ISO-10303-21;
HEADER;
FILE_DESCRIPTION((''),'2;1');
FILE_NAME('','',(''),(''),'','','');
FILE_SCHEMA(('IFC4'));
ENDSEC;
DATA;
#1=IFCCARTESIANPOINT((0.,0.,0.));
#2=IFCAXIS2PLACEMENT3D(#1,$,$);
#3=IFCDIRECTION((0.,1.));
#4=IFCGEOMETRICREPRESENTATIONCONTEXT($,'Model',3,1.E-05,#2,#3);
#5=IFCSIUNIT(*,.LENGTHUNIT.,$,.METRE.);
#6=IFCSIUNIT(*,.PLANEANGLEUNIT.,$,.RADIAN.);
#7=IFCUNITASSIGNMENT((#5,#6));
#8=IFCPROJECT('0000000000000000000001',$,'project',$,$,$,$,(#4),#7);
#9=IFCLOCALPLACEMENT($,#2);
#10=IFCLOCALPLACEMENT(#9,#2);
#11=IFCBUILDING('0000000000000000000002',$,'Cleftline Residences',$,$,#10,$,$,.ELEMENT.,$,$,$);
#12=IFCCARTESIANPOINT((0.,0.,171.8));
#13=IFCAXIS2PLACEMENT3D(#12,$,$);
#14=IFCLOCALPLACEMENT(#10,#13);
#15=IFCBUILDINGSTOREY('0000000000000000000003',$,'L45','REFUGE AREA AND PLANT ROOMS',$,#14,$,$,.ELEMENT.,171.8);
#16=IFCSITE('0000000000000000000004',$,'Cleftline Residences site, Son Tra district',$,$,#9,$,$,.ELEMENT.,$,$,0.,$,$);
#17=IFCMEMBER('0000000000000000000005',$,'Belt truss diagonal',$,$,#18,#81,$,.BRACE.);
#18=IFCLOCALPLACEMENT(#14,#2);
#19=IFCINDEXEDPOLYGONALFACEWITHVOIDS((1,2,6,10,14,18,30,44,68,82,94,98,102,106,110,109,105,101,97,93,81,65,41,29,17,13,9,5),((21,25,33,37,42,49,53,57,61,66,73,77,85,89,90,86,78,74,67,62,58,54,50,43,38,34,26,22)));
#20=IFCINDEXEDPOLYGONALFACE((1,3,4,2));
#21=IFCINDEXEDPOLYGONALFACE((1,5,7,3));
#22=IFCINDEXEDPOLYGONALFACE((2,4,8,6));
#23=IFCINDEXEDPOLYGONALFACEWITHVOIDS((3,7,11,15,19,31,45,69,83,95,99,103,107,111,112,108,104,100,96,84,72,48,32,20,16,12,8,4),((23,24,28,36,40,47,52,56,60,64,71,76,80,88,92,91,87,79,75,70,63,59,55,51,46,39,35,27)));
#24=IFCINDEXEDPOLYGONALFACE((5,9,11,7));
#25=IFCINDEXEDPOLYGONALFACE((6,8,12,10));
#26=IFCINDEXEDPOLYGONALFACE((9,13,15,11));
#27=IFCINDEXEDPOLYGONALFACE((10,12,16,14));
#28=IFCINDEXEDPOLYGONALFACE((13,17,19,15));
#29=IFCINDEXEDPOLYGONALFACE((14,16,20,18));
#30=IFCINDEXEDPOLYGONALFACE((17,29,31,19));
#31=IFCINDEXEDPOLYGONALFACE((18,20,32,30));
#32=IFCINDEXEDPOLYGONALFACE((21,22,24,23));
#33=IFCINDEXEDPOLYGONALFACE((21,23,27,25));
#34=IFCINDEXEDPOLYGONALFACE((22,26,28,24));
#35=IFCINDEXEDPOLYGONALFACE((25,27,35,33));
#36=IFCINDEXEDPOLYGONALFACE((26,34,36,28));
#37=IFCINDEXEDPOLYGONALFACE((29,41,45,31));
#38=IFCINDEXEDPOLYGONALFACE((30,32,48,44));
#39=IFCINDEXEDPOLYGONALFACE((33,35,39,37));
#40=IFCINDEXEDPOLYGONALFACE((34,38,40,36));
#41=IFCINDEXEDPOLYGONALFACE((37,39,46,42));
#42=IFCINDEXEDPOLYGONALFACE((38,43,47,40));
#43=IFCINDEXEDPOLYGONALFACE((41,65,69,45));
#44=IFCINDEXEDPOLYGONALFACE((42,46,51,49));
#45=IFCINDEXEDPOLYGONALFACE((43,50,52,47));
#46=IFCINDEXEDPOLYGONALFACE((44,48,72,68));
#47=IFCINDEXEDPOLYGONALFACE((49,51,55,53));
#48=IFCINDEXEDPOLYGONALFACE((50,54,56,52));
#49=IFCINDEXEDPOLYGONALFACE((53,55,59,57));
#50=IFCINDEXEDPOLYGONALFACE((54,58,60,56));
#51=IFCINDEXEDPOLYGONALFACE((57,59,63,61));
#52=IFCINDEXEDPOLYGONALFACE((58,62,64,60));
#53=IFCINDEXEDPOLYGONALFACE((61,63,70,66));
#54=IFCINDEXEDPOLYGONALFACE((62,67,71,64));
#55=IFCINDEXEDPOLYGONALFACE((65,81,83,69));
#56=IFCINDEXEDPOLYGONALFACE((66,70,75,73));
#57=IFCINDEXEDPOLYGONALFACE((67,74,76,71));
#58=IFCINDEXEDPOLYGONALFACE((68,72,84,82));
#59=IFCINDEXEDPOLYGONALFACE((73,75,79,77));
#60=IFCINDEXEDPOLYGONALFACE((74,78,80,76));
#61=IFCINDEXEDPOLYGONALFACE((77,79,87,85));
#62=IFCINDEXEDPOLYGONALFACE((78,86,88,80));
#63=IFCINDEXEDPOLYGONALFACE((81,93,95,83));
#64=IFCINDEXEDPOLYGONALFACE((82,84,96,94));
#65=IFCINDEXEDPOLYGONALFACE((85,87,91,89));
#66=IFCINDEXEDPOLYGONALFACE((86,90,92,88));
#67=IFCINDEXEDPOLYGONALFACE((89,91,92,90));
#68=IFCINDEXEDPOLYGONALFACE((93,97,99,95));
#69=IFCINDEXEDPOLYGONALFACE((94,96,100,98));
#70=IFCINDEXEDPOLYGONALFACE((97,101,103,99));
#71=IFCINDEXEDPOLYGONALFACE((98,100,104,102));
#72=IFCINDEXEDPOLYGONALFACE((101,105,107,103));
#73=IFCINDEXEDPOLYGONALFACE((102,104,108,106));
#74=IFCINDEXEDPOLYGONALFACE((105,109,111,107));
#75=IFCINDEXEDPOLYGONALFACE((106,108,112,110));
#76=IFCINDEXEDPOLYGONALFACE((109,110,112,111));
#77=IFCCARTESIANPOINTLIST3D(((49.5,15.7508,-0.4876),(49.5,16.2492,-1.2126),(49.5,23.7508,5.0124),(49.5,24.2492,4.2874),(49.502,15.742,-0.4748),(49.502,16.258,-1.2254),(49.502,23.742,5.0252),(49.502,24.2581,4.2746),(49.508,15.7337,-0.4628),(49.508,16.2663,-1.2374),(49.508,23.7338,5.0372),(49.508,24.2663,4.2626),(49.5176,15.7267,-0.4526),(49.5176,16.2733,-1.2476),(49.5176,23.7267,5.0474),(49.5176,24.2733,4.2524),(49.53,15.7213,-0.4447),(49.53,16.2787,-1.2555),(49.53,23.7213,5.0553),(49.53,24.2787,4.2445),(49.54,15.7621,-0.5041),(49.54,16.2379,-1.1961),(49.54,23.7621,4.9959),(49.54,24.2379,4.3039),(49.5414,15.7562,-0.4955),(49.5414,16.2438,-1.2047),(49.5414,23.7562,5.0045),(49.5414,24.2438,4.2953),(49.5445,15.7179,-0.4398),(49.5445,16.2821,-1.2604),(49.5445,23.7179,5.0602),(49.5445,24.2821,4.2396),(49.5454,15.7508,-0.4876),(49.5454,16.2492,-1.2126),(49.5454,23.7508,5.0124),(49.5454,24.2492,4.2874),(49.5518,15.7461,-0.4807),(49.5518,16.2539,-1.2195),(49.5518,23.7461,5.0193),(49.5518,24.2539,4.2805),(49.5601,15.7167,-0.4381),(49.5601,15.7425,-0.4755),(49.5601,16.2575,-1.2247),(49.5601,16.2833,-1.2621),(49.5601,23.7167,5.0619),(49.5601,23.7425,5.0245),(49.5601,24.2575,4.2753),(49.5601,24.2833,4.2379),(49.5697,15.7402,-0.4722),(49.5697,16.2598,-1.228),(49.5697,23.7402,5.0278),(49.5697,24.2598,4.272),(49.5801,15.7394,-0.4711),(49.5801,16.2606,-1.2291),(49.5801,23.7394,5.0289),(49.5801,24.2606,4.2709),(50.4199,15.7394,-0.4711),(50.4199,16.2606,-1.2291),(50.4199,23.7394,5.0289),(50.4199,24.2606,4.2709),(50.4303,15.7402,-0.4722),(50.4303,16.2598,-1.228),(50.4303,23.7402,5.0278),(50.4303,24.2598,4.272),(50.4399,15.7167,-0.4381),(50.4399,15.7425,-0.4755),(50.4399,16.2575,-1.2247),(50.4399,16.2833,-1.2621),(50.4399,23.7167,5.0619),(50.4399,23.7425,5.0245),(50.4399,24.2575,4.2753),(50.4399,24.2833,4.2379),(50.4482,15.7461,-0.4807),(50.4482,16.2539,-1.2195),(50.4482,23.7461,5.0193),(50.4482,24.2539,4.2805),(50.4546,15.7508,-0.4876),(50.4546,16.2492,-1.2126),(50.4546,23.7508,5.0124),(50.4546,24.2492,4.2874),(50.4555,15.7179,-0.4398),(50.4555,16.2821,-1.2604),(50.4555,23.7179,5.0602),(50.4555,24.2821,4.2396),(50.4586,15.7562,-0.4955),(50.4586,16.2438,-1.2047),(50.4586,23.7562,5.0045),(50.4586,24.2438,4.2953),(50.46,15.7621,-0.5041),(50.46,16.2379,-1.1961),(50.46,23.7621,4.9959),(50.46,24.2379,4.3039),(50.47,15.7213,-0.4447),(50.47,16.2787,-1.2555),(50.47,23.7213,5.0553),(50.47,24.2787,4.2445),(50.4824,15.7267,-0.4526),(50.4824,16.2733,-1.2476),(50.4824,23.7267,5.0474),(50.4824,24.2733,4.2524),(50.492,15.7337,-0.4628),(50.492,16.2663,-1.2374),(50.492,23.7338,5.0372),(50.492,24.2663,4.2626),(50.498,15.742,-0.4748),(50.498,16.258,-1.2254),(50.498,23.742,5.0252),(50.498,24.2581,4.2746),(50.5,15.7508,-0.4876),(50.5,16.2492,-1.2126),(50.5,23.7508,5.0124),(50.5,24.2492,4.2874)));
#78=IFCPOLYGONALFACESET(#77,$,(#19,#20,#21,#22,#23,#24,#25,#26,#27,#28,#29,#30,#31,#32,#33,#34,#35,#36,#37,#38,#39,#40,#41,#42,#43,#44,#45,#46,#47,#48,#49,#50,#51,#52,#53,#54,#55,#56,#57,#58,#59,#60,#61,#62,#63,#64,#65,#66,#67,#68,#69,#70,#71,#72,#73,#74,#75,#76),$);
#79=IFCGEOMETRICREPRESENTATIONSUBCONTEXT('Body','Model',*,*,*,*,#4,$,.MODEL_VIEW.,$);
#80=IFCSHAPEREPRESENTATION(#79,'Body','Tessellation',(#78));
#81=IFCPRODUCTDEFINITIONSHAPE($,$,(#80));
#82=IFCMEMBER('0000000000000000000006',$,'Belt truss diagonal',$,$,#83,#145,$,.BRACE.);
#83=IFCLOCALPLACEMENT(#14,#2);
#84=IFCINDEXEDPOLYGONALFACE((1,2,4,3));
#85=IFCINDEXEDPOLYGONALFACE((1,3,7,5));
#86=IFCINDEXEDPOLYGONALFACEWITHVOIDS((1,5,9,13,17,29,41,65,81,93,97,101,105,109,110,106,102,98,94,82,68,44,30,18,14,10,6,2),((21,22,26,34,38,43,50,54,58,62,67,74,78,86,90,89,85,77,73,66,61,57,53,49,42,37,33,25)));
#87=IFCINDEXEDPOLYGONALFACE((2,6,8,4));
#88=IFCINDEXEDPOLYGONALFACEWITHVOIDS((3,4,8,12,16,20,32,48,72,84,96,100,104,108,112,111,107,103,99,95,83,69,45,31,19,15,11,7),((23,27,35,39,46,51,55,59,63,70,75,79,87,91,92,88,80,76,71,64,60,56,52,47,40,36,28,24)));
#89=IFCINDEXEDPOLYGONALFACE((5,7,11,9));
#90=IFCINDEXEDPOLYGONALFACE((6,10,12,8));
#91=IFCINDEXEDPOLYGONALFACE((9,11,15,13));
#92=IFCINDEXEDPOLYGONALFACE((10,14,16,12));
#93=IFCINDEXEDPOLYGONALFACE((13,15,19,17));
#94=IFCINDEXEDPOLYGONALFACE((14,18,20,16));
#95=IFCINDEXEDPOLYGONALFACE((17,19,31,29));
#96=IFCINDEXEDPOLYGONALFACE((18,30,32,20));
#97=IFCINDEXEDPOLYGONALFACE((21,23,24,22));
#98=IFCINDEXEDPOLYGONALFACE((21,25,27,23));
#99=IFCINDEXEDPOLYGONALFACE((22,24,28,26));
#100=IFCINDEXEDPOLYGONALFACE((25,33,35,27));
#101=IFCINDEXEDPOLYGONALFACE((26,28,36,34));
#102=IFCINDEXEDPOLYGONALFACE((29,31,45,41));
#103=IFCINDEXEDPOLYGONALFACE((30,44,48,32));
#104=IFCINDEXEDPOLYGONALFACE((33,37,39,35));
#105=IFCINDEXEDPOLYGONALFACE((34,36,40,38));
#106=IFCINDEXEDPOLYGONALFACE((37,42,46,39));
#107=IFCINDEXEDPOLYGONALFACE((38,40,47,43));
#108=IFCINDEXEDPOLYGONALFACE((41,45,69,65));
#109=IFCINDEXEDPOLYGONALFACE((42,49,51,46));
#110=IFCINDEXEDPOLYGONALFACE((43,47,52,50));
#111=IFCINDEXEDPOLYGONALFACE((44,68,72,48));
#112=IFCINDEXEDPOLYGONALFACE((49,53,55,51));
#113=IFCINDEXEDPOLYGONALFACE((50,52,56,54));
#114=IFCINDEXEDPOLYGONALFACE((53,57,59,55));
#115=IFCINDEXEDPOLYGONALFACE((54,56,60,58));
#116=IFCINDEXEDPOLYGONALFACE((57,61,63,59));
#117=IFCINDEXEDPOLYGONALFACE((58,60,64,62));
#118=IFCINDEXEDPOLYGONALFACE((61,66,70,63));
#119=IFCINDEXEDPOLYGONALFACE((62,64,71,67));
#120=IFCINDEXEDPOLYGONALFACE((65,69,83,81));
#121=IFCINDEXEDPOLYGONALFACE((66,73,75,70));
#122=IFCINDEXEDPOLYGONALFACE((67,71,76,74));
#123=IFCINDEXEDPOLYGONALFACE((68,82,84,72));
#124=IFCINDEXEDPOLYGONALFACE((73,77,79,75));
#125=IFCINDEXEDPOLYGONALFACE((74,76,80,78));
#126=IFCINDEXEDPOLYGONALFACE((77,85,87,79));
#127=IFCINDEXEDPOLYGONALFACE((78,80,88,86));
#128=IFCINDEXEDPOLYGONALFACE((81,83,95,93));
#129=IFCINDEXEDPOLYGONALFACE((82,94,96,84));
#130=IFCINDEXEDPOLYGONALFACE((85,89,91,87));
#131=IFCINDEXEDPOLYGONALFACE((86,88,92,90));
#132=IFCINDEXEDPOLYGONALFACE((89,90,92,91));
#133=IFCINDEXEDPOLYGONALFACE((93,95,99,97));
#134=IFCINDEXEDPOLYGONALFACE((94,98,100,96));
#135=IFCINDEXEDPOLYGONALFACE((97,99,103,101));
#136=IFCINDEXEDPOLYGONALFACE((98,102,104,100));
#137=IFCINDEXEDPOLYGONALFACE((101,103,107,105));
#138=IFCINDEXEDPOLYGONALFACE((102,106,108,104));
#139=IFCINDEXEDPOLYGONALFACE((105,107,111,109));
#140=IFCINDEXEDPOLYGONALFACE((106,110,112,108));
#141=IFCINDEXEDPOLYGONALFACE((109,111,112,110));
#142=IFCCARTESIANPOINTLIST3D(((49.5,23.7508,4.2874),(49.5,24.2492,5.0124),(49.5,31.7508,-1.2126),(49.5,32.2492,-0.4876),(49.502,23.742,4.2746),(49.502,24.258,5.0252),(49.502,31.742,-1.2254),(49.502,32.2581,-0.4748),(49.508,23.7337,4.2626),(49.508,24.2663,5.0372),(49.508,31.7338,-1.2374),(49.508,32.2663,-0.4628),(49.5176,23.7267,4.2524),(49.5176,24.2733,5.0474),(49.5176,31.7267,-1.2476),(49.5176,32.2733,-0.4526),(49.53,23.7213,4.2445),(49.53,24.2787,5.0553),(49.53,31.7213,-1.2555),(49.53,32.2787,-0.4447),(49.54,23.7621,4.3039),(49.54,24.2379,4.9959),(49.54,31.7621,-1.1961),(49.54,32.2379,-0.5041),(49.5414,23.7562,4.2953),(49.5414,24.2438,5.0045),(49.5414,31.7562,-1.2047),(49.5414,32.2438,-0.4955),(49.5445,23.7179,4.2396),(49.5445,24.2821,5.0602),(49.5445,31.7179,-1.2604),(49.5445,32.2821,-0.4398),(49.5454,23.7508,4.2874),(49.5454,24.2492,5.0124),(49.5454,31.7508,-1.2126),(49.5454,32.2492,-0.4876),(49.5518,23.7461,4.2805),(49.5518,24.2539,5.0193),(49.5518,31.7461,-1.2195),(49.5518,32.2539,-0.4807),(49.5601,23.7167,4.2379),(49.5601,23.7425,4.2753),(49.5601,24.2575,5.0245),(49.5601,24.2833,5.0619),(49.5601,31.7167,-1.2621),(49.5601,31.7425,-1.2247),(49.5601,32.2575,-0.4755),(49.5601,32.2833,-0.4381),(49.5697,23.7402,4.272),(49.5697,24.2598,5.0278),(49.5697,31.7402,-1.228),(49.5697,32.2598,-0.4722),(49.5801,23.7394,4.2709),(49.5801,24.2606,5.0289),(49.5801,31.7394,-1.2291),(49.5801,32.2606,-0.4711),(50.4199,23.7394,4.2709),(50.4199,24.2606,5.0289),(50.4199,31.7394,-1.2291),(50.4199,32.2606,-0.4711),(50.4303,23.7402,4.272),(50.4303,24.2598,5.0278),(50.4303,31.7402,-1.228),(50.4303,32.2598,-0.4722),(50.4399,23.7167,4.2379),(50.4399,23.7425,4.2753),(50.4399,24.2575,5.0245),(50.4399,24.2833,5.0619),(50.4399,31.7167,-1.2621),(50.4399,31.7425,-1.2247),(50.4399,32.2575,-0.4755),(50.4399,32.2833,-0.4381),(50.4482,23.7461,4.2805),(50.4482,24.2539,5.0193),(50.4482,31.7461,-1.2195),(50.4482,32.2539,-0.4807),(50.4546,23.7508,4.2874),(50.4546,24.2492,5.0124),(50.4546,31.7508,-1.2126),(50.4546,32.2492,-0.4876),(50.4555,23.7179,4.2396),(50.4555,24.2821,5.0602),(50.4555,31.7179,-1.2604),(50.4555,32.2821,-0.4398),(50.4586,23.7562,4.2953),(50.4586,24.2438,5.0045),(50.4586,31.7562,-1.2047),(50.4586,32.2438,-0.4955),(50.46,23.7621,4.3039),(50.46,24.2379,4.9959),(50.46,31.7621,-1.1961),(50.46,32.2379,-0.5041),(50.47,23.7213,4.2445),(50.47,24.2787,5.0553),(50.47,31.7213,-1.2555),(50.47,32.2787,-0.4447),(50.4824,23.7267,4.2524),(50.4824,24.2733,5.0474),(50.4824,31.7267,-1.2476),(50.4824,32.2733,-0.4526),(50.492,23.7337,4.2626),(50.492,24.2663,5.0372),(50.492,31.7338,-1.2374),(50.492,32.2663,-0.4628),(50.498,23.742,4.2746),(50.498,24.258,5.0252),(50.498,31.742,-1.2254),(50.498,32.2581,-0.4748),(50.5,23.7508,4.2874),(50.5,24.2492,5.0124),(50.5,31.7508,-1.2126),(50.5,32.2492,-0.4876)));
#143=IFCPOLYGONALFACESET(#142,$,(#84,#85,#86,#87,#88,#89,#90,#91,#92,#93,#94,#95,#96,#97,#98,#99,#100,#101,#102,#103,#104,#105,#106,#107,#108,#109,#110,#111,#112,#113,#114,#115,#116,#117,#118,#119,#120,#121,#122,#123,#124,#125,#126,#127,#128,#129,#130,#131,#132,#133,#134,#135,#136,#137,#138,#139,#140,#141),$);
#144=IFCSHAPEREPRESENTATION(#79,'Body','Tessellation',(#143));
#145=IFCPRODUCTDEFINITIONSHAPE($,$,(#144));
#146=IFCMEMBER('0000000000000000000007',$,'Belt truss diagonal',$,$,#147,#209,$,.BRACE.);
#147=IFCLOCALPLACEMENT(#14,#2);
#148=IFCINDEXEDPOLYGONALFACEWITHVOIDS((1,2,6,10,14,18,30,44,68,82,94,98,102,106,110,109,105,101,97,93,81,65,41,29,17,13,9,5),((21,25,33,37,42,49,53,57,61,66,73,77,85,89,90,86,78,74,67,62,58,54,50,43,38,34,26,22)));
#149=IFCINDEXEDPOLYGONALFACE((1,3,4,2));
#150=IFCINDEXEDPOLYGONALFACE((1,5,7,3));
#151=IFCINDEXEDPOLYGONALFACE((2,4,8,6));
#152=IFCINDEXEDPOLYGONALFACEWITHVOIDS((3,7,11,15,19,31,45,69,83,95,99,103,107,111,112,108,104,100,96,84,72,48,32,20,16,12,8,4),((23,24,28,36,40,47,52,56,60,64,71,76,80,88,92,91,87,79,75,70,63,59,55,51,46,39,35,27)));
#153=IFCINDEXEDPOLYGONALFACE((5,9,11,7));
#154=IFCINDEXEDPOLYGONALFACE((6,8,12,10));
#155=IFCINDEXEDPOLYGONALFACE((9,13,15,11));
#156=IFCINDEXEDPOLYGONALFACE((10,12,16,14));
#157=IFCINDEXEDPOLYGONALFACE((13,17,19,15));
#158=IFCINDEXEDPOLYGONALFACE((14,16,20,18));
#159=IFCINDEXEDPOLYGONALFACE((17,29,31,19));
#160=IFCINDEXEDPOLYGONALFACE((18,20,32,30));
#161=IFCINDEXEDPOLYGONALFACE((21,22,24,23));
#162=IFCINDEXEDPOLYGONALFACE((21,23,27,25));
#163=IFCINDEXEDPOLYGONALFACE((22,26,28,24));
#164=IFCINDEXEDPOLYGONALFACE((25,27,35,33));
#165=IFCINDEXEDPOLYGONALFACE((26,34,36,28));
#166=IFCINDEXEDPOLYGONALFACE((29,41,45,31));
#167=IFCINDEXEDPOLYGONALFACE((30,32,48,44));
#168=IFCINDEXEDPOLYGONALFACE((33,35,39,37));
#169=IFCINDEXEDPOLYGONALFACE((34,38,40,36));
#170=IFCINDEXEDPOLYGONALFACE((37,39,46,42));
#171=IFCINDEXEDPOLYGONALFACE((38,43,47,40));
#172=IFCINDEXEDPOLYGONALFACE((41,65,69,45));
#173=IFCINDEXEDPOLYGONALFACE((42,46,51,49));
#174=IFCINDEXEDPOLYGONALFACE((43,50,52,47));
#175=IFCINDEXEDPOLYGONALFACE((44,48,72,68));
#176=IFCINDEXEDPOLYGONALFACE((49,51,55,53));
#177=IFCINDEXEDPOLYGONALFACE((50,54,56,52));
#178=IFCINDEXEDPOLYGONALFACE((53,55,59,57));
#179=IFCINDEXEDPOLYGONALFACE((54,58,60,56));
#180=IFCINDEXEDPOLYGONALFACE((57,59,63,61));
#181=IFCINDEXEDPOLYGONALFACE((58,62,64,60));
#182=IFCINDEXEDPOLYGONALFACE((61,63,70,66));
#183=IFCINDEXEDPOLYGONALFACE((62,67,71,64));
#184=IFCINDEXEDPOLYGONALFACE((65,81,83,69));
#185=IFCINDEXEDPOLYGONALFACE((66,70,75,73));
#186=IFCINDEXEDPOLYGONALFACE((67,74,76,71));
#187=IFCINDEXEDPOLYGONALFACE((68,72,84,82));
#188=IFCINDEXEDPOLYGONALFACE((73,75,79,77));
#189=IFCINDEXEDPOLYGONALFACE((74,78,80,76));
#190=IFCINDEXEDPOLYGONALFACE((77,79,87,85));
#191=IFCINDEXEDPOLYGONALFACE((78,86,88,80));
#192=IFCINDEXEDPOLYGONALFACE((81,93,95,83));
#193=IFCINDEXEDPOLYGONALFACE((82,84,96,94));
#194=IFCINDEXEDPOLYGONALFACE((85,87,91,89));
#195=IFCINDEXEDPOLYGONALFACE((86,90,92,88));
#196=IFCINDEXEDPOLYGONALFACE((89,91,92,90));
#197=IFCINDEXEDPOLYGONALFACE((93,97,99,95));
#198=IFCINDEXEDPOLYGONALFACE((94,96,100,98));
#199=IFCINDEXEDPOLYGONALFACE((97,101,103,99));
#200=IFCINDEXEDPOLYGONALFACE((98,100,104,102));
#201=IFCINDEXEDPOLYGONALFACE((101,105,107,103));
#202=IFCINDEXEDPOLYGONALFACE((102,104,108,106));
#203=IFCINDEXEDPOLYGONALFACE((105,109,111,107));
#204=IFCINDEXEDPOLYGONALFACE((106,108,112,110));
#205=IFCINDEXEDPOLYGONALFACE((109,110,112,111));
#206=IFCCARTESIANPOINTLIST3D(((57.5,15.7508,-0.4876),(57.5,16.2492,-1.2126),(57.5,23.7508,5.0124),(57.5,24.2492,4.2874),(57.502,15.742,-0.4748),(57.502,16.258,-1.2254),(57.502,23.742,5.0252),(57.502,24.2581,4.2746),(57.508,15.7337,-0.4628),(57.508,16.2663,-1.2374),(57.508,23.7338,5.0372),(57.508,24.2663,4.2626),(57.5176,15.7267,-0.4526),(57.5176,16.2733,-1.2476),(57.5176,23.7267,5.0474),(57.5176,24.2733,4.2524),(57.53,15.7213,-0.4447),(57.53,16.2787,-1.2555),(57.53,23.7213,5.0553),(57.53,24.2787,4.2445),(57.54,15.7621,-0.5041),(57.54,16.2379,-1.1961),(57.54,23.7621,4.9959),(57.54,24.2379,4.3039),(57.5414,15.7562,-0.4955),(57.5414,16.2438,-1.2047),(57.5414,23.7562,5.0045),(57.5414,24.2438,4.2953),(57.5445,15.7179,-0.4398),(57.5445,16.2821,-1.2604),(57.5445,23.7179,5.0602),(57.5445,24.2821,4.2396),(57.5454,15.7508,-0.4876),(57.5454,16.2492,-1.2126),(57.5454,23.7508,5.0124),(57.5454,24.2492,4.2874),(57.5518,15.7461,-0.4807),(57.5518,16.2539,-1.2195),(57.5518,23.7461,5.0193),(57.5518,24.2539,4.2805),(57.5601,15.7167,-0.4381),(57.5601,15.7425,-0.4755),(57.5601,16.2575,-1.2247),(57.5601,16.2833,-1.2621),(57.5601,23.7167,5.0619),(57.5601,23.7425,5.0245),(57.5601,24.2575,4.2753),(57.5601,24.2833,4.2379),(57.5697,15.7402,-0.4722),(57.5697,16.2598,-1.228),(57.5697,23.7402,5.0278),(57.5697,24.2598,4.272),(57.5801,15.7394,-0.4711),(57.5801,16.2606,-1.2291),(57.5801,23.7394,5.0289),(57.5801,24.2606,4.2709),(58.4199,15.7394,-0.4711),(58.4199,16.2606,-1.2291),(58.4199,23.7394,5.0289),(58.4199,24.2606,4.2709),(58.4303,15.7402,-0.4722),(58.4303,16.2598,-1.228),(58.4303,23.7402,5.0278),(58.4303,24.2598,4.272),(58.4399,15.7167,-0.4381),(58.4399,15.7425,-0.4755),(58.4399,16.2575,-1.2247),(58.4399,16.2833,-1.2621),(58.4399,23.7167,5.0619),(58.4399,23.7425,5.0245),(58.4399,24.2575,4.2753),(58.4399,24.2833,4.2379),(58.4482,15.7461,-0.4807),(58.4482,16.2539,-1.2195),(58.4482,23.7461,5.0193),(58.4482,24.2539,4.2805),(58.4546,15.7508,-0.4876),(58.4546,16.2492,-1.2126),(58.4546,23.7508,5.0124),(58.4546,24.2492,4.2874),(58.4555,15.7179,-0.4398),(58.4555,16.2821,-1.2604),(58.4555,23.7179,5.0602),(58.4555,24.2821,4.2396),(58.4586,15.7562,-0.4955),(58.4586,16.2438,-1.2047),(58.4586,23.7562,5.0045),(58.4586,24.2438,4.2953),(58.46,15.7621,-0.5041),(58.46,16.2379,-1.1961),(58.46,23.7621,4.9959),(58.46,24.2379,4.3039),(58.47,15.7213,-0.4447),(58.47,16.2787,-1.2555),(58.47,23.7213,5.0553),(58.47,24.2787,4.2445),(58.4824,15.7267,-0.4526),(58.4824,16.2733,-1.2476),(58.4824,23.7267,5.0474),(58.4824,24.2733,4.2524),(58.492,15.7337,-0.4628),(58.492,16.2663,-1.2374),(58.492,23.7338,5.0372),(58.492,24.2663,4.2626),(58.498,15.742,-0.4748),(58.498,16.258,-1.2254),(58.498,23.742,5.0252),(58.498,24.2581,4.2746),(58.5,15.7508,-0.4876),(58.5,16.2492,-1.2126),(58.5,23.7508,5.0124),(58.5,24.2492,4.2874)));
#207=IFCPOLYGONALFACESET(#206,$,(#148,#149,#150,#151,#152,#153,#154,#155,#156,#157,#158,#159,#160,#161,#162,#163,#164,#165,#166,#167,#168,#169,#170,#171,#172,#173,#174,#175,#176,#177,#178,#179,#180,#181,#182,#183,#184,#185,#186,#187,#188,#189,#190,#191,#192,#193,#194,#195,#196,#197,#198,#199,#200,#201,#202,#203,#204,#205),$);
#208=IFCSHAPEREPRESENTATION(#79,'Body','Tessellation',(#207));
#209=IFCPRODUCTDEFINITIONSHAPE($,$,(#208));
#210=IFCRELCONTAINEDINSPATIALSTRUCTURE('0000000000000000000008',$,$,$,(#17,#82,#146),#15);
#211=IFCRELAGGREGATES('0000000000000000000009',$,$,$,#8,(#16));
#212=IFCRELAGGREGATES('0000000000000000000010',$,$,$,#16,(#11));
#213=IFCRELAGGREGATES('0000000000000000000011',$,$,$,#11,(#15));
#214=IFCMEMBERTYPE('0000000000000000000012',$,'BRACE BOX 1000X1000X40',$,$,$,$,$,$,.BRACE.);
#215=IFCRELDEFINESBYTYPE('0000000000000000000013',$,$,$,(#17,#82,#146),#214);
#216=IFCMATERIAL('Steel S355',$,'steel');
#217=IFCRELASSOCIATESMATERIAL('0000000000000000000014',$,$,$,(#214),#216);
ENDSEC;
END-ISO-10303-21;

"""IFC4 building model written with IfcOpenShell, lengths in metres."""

from ifc_helpers import new_model, si_unit, direction, frame, origin, origin_2d, place, context, subcontext, project, spatial, hollow_rectangle, extrude, material, material_profile, profile_set, type_object, element, save


model = new_model("IFC4")

# Units and contexts
model_context = context("Model", 3, precision=1e-05, world=origin(), true_north=direction((0.0, 1.0)))
body_context = subcontext(model_context, "Body", "Model", "MODEL_VIEW")
ifc_project = project(units=[si_unit("LENGTHUNIT", "METRE"), si_unit("PLANEANGLEUNIT", "RADIAN")], contexts=[model_context])

# Site, building, storey
site_placement = place(None, origin())
site = spatial("IfcSite", under=ifc_project, at=site_placement, Name="Cleftline Residences site, Son Tra district", CompositionType="ELEMENT", RefElevation=0.0)
building_placement = place(site_placement, origin())
building = spatial("IfcBuilding", under=site, at=building_placement, Name="Cleftline Residences", CompositionType="ELEMENT")
storey_placement = place(building_placement, frame((0.0, 0.0, 171.8)))
storey = spatial("IfcBuildingStorey", under=building, at=storey_placement, Name="L45", Description="REFUGE AREA AND PLANT ROOMS", CompositionType="ELEMENT", Elevation=171.8)

# Members
ifc_material_1 = material(Name="Steel S355", Category="steel")
ifc_material_profile_1 = material_profile(ifc_material_1, hollow_rectangle(XDim=1.0, YDim=1.0, WallThickness=0.04, InnerFilletRadius=0.04, OuterFilletRadius=0.0601, at=origin_2d()))
ifc_profile_set_1 = profile_set([ifc_material_profile_1], Name="Steel S355")
member_type_1 = type_object("IfcMemberType", Name="BRACE BOX 1000X1000X40", PredefinedType="BRACE", material=ifc_profile_set_1)
for number, where, z_axis, x_axis, name in (
    (1, (50.0, 16.0, -0.8501), (0.0, 0.824042, 0.566529), (0.0, -0.566529, 0.824042), "Belt truss diagonal"),
    (2, (50.0, 24.0, 4.6499), (0.0, 0.824042, -0.566529), (0.0, 0.566529, 0.824042), "Belt truss diagonal"),
    (3, (58.0, 16.0, -0.8501), (0.0, 0.824042, 0.566529), (0.0, -0.566529, 0.824042), "Belt truss diagonal"),
):
    element("IfcMember", number, at=place(storey_placement, frame(where, z_axis=z_axis, x_axis=x_axis)), inside=storey, type_object=member_type_1, Name=name, PredefinedType="BRACE", context=body_context, shape_type="SweptSolid", body=[
        extrude(hollow_rectangle(XDim=1.0, YDim=1.0, WallThickness=0.04, InnerFilletRadius=0.04, OuterFilletRadius=0.0601, at=origin_2d()), origin(), (0.0, 0.0, 1.0), 9.7083),
    ])

save(model, "model.ifc")
